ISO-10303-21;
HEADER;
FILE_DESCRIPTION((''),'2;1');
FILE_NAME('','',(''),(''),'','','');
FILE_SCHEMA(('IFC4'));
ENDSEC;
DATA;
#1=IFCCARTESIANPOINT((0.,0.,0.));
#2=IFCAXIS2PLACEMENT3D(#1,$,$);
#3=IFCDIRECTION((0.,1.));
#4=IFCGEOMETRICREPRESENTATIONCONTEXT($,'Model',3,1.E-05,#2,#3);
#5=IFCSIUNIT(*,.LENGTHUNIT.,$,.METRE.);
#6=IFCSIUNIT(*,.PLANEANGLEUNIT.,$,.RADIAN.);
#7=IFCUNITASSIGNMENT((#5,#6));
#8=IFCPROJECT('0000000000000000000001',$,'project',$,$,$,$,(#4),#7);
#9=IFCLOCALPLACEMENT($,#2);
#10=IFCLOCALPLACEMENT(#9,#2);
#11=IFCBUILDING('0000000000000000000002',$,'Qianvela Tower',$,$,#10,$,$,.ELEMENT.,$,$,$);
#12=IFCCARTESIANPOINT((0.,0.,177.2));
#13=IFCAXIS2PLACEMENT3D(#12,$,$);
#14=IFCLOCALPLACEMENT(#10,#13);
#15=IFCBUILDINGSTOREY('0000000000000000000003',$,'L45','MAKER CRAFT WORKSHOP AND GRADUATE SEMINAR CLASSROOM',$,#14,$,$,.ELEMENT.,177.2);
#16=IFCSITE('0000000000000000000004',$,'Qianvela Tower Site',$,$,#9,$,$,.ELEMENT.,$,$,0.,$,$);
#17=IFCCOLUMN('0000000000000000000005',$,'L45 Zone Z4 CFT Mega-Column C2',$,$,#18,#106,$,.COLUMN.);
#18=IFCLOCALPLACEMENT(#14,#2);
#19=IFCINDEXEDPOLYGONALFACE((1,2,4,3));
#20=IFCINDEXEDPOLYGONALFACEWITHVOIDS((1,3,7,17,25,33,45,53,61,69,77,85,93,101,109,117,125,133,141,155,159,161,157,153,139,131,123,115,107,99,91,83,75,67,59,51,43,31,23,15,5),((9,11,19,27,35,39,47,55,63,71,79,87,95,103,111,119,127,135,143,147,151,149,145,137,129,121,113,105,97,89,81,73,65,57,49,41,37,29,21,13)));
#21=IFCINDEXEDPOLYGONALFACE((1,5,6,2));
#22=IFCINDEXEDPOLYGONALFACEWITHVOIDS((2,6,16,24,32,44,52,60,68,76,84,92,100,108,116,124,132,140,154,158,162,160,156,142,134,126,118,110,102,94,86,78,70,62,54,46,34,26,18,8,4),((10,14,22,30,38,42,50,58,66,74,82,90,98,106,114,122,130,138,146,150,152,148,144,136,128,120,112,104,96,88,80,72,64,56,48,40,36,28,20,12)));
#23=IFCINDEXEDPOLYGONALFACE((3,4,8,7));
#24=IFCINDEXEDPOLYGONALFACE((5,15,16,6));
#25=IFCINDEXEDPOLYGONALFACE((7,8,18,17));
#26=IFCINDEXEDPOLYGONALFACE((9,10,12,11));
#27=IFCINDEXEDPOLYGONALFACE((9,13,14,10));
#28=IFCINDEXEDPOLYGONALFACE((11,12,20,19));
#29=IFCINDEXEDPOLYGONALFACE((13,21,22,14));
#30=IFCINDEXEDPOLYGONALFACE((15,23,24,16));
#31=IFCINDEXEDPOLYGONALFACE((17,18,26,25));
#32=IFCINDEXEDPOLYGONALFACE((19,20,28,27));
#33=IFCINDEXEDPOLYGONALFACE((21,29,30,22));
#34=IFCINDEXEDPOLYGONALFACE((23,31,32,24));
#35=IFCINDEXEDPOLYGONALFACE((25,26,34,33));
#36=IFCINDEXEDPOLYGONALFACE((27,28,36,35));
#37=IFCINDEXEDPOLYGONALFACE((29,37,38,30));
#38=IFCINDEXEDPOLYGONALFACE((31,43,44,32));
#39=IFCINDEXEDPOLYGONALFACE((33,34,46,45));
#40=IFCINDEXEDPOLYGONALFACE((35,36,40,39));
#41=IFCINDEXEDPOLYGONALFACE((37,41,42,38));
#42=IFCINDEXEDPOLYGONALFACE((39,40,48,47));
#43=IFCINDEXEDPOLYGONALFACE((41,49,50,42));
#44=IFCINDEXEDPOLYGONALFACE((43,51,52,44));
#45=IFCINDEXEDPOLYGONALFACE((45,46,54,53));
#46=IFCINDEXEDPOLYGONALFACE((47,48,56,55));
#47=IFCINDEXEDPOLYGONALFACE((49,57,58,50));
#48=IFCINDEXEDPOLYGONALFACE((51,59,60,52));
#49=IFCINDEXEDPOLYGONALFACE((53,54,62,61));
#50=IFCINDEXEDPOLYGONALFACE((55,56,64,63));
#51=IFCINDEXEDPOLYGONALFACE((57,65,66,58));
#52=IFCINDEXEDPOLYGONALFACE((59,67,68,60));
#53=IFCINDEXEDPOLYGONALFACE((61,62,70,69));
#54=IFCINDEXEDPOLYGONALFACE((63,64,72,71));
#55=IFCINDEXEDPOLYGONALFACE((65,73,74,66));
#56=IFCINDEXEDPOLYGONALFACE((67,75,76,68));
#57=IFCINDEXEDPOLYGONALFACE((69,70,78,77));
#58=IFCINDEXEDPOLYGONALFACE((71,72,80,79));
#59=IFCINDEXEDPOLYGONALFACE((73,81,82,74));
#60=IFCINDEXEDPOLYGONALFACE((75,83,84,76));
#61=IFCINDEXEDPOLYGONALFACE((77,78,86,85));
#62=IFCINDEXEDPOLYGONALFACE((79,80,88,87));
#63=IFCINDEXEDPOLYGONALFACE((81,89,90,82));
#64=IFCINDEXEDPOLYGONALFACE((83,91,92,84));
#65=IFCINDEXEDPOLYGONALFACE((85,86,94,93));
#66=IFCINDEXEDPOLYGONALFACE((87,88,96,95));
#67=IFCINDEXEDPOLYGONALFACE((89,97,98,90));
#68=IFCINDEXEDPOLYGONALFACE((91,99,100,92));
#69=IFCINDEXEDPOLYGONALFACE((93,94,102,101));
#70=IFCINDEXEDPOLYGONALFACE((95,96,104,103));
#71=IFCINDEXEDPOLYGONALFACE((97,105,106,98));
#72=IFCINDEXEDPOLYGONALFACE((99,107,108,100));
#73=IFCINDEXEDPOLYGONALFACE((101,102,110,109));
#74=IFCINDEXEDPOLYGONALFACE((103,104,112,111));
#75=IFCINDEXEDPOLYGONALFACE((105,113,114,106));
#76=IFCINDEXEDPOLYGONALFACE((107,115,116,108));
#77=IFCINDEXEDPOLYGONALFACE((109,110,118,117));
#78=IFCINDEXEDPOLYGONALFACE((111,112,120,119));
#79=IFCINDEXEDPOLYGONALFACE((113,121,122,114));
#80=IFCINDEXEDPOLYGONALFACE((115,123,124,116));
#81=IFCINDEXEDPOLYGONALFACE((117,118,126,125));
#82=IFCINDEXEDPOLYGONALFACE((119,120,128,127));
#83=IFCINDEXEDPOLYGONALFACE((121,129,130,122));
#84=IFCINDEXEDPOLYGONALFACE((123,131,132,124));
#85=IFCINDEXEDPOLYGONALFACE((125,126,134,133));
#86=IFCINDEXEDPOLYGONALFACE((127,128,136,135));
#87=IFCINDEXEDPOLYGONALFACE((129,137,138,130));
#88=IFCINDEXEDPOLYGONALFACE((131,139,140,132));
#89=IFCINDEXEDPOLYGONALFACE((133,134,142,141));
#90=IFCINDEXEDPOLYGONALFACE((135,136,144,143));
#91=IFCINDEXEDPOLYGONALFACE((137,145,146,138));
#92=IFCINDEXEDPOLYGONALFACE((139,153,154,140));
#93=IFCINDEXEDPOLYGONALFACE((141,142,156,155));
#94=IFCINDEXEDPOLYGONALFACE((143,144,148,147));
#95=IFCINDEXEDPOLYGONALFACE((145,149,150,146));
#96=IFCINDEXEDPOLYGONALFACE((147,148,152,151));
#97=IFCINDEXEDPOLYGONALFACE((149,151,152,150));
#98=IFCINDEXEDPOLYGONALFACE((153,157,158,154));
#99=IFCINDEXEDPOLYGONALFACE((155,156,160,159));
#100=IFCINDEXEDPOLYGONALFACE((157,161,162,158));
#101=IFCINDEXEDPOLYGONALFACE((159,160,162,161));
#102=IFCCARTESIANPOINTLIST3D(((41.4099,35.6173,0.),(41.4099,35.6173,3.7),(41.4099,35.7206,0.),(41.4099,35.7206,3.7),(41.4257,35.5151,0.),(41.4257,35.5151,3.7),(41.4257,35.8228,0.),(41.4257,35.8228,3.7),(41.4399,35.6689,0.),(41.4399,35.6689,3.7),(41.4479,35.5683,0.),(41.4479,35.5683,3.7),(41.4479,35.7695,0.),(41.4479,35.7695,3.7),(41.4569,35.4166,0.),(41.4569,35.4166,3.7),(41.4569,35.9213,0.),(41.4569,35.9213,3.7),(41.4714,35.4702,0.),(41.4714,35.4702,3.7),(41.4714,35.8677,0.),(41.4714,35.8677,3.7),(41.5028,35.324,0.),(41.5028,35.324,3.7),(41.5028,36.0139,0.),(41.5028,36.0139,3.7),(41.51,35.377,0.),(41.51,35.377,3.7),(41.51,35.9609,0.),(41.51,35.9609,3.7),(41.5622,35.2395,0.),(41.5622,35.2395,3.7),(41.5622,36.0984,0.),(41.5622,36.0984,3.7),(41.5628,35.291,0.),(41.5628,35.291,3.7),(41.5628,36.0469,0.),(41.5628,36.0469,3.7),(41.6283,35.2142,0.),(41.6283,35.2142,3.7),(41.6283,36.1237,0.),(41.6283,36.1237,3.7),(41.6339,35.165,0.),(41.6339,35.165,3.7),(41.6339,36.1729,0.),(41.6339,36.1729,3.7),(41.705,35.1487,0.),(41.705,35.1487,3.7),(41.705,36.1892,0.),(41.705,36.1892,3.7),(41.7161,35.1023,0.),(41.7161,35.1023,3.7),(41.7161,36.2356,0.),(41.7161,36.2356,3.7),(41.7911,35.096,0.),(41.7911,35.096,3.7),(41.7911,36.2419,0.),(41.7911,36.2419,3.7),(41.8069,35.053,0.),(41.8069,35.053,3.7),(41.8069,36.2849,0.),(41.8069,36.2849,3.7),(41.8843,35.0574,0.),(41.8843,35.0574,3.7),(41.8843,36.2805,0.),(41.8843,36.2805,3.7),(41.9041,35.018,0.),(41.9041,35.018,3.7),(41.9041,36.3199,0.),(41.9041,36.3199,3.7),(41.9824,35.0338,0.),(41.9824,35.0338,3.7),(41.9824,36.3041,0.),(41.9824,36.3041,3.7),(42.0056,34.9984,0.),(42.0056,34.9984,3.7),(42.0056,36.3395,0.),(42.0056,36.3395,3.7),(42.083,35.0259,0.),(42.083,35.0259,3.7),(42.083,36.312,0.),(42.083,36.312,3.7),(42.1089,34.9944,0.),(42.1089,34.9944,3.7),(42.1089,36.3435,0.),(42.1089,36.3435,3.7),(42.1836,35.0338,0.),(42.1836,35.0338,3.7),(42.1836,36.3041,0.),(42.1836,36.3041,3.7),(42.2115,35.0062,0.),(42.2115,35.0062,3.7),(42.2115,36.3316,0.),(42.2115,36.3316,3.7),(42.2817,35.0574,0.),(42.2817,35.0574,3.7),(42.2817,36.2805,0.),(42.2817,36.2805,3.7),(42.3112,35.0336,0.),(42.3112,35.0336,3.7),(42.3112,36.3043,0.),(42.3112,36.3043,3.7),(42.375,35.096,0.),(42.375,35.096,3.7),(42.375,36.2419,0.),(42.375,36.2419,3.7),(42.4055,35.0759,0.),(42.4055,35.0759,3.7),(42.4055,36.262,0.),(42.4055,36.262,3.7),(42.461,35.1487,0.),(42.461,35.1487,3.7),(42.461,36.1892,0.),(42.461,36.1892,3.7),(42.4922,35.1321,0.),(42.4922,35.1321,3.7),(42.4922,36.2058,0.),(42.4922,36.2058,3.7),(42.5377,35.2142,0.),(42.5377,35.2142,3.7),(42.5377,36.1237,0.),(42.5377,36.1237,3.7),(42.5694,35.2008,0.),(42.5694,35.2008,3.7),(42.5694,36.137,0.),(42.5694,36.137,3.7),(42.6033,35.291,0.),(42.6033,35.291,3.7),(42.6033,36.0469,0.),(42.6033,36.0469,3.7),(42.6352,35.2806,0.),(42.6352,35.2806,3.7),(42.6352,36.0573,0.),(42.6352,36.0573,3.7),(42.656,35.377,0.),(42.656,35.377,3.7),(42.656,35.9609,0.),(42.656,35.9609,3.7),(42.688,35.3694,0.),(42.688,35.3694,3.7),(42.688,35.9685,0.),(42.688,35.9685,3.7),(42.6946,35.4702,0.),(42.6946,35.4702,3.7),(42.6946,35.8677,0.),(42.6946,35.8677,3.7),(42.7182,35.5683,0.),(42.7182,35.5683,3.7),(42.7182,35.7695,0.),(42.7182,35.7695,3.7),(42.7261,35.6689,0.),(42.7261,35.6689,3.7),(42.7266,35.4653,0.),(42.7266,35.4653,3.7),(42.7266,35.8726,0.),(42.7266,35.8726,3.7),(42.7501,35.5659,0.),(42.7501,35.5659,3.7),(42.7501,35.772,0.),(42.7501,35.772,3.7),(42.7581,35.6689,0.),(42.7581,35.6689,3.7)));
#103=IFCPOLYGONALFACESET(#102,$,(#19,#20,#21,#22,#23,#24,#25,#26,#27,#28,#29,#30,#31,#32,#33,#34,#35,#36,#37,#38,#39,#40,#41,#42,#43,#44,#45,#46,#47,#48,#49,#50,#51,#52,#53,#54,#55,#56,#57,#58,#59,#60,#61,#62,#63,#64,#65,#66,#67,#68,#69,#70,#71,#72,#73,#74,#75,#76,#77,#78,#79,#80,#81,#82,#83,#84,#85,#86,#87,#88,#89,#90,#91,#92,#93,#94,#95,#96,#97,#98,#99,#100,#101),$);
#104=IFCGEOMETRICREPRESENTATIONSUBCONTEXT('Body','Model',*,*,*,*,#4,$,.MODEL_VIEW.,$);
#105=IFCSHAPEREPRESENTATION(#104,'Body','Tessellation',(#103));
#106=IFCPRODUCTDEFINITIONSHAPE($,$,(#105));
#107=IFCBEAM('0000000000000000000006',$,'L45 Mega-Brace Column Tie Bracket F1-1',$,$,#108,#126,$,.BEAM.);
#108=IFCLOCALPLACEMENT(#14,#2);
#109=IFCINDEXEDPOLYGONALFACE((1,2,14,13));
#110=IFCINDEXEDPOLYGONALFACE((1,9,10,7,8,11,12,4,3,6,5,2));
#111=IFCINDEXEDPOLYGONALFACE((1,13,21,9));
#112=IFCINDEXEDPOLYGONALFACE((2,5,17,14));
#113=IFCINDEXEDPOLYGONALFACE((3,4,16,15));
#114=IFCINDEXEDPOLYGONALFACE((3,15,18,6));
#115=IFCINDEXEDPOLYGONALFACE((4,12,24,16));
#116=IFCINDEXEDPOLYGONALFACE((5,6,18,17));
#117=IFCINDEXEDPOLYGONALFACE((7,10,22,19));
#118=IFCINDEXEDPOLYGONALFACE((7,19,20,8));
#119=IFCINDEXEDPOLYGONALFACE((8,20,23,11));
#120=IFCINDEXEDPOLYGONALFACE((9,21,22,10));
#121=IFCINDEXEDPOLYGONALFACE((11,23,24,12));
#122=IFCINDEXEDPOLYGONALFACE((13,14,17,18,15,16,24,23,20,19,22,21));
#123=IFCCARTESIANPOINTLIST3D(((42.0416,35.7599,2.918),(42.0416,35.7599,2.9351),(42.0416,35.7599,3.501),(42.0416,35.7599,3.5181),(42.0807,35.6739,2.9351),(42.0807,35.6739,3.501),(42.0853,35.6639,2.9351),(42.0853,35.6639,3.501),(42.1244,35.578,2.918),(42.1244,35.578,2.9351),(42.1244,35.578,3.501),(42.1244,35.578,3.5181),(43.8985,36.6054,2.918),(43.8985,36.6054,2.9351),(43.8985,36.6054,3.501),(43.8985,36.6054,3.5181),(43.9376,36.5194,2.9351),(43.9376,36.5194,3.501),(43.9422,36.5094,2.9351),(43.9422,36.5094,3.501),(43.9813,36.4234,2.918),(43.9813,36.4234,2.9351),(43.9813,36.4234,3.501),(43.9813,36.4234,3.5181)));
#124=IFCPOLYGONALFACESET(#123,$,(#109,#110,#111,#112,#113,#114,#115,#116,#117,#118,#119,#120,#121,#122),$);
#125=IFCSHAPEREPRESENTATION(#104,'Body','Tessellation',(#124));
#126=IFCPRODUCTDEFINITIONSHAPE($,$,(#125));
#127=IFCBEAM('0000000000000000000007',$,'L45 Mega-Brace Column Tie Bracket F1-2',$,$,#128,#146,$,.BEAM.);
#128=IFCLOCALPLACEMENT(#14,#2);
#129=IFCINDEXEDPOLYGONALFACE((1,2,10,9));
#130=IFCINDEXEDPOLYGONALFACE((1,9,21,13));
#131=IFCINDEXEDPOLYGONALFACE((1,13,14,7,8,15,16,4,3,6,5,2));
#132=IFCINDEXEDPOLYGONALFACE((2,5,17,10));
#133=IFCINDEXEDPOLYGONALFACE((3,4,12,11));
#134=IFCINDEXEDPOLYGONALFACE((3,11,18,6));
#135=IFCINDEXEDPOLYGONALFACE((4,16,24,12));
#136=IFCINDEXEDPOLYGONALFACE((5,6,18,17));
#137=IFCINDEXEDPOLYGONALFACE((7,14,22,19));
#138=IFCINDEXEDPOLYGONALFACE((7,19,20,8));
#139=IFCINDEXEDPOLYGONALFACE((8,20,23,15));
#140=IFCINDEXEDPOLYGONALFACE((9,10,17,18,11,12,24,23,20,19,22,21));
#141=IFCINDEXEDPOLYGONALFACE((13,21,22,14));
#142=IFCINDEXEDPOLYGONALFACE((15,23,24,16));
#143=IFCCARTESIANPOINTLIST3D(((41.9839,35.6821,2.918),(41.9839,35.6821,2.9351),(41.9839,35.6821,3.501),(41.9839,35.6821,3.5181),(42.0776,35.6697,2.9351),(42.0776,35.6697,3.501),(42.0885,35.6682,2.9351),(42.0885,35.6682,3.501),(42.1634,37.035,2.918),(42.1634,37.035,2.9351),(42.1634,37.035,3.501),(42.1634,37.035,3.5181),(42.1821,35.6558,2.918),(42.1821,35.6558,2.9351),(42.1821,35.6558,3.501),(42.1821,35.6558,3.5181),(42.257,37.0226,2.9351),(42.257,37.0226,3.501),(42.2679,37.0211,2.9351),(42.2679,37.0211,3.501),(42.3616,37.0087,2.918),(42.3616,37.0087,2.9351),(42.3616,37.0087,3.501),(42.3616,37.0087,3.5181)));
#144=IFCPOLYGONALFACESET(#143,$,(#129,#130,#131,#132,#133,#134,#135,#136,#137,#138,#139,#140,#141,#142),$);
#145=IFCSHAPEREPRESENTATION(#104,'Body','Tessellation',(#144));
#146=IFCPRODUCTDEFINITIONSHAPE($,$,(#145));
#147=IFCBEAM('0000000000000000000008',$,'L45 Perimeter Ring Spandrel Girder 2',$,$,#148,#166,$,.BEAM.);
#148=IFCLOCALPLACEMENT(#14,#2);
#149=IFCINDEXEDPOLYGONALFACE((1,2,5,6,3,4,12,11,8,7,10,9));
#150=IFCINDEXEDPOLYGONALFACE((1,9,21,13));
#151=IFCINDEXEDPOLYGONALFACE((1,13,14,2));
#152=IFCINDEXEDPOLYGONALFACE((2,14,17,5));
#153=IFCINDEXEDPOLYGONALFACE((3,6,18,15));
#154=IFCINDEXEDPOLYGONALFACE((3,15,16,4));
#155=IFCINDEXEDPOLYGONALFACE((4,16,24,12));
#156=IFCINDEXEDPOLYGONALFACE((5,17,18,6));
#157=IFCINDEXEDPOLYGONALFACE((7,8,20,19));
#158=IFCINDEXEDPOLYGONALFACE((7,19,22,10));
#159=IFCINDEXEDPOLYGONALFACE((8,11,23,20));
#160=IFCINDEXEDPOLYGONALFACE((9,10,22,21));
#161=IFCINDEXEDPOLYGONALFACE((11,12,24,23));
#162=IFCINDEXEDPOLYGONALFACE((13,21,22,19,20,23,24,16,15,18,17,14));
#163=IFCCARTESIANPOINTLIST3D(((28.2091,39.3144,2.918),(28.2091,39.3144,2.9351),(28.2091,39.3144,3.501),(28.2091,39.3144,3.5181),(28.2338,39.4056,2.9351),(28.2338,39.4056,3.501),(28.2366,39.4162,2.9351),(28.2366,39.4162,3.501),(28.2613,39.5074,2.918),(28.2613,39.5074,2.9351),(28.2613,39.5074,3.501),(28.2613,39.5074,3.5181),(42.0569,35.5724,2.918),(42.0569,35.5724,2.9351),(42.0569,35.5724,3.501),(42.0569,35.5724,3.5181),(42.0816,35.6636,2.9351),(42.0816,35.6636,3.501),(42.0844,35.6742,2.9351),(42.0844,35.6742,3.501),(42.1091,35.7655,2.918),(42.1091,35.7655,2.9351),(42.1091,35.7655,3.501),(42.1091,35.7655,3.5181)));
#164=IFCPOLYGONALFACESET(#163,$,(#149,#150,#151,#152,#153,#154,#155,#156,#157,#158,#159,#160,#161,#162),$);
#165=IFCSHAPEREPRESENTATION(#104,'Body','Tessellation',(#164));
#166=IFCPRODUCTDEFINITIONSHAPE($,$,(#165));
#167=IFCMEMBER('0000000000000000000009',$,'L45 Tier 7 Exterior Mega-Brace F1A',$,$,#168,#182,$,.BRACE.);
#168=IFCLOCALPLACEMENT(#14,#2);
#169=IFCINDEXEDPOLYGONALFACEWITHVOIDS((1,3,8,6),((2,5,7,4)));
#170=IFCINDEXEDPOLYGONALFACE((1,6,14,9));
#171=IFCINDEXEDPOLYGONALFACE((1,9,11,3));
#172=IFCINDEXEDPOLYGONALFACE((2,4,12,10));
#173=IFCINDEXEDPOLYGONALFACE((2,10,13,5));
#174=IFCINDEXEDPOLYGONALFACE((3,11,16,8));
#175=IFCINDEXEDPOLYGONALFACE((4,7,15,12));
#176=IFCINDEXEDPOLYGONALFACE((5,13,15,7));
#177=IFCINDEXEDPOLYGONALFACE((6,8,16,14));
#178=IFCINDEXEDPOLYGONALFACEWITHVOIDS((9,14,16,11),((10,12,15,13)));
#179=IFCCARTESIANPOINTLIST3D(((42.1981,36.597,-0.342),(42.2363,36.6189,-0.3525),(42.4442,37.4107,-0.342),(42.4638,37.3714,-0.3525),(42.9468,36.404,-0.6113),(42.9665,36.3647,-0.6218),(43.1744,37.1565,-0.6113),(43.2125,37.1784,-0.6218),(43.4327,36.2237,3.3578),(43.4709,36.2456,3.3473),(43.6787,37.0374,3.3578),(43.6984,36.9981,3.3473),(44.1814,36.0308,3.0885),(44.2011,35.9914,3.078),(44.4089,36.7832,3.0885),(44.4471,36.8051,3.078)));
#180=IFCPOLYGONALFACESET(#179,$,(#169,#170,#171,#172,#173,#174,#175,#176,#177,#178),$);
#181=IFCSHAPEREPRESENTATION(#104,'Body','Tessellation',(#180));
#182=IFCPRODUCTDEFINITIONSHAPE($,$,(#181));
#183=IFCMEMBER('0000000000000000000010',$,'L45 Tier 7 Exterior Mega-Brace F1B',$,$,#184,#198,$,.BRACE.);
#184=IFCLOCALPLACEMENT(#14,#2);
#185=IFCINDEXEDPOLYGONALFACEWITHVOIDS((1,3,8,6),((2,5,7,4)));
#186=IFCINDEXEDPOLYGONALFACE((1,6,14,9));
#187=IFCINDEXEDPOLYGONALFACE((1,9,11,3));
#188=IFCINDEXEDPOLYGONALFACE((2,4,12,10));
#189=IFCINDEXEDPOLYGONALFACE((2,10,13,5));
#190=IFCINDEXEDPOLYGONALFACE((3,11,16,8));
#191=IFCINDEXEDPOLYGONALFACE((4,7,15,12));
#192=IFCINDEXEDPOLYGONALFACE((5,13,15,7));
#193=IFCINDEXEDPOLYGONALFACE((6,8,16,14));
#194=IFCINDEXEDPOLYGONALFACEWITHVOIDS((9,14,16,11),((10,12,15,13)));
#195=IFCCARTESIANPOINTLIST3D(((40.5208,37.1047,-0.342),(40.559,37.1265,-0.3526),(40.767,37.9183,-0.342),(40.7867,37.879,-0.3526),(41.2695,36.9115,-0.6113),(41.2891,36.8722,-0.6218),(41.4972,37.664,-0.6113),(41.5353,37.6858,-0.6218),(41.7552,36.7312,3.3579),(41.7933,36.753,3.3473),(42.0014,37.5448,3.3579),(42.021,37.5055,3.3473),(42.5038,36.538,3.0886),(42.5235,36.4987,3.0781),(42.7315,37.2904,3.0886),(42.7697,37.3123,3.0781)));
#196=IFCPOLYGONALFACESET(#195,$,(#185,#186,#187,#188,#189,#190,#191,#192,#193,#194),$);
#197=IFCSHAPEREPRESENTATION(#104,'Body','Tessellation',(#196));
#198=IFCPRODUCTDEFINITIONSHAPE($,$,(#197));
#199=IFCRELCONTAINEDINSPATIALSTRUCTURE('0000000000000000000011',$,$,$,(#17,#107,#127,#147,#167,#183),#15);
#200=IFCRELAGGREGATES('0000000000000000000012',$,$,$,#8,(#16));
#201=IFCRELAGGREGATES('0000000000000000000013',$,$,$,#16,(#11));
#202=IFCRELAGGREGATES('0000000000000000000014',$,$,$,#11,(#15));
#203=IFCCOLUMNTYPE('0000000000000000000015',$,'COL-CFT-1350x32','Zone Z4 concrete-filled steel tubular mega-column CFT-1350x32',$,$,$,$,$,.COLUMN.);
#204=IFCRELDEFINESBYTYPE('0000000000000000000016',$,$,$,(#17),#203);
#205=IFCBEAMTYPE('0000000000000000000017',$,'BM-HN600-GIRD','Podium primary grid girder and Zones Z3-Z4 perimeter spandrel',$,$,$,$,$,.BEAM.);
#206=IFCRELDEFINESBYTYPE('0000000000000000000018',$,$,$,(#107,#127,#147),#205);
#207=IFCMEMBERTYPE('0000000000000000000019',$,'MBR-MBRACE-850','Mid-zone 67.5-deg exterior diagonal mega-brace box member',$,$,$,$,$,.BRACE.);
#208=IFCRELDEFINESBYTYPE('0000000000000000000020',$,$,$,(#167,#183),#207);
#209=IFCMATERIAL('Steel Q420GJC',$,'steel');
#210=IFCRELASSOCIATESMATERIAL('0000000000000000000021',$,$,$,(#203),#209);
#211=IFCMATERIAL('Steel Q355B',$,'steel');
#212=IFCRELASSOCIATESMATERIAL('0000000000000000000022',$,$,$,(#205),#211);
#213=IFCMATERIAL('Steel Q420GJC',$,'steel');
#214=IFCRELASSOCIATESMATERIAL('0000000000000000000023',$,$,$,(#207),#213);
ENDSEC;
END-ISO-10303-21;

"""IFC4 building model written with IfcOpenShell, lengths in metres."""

from ifc_helpers import new_model, si_unit, direction, frame, origin, origin_2d, place, context, subcontext, project, spatial, hollow_rectangle, hollow_circle, i_section, extrude, material, material_profile, profile_set, type_object, element, save


model = new_model("IFC4")

# Units and contexts
model_context = context("Model", 3, precision=1e-05, world=origin(), true_north=direction((0.0, 1.0)))
body_context = subcontext(model_context, "Body", "Model", "MODEL_VIEW")
ifc_project = project(units=[si_unit("LENGTHUNIT", "METRE"), si_unit("PLANEANGLEUNIT", "RADIAN")], contexts=[model_context])

# Site, building, storey
site_placement = place(None, origin())
site = spatial("IfcSite", under=ifc_project, at=site_placement, Name="Qianvela Tower Site", CompositionType="ELEMENT", RefElevation=0.0)
building_placement = place(site_placement, origin())
building = spatial("IfcBuilding", under=site, at=building_placement, Name="Qianvela Tower", CompositionType="ELEMENT")
storey_placement = place(building_placement, frame((0.0, 0.0, 177.2)))
storey = spatial("IfcBuildingStorey", under=building, at=storey_placement, Name="L45", Description="MAKER CRAFT WORKSHOP AND GRADUATE SEMINAR CLASSROOM", CompositionType="ELEMENT", Elevation=177.2)

# Column
ifc_material_1 = material(Name="Steel Q420GJC", Category="steel")
ifc_material_profile_1 = material_profile(ifc_material_1, hollow_circle(Radius=0.675, WallThickness=0.032, at=origin_2d()), Name="CFT-1350x32")
ifc_profile_set_1 = profile_set([ifc_material_profile_1], Name="Steel Q420GJC")
column_type = type_object("IfcColumnType", Name="COL-CFT-1350x32", Description="Zone Z4 concrete-filled steel tubular mega-column CFT-1350x32", PredefinedType="COLUMN", material=ifc_profile_set_1)
column_placement = place(storey_placement, frame((42.083, 35.6689, 0.0), z_axis=(0.0, 0.0, 1.0), x_axis=(1.0, 0.0, 0.0)))
element("IfcColumn", 1, at=column_placement, inside=storey, type_object=column_type, Name="L45 Zone Z4 CFT Mega-Column C2", PredefinedType="COLUMN", context=body_context, shape_type="SweptSolid", body=[
    extrude(hollow_circle(Radius=0.675, WallThickness=0.032, at=origin_2d()), origin(), (0.0, 0.0, 1.0), 3.7),
])

# Beams
ifc_material_2 = material(Name="Steel Q355B", Category="steel")
ifc_material_profile_2 = material_profile(ifc_material_2, i_section(OverallWidth=0.2, OverallDepth=0.6001, WebThickness=0.011, FlangeThickness=0.0171, at=origin_2d()), Name="HN600x200x11x17")
ifc_profile_set_2 = profile_set([ifc_material_profile_2], Name="Steel Q355B")
beam_type = type_object("IfcBeamType", Name="BM-HN600-GIRD", Description="Podium primary grid girder and Zones Z3-Z4 perimeter spandrel", PredefinedType="BEAM", material=ifc_profile_set_2)
beam_1_placement = place(storey_placement, frame((42.083, 35.6689, 3.218), z_axis=(0.910108, 0.414371, 0.0), x_axis=(-0.414371, 0.910108, 0.0)))
element("IfcBeam", 2, at=beam_1_placement, inside=storey, type_object=beam_type, Name="L45 Mega-Brace Column Tie Bracket F1-1", PredefinedType="BEAM", context=body_context, shape_type="SweptSolid", body=[
    extrude(i_section(OverallWidth=0.2, OverallDepth=0.6001, WebThickness=0.011, FlangeThickness=0.0171, at=origin_2d()), origin(), (0.0, 0.0, 1.0), 2.0403),
])
beam_2_placement = place(storey_placement, frame((42.083, 35.6689, 3.218), z_axis=(0.131496, 0.991317, 0.0), x_axis=(-0.991317, 0.131496, 0.0)))
element("IfcBeam", 3, at=beam_2_placement, inside=storey, type_object=beam_type, Name="L45 Mega-Brace Column Tie Bracket F1-2", PredefinedType="BEAM", context=body_context, shape_type="SweptSolid", body=[
    extrude(i_section(OverallWidth=0.2, OverallDepth=0.6001, WebThickness=0.011, FlangeThickness=0.0171, at=origin_2d()), origin(), (0.0, 0.0, 1.0), 1.3647),
])
beam_3_placement = place(storey_placement, frame((42.083, 35.6689, 3.218), z_axis=(-0.965376, 0.260861, 0.0), x_axis=(-0.260861, -0.965376, 0.0)))
element("IfcBeam", 4, at=beam_3_placement, inside=storey, type_object=beam_type, Name="L45 Perimeter Ring Spandrel Girder 2", PredefinedType="BEAM", context=body_context, shape_type="SweptSolid", body=[
    extrude(i_section(OverallWidth=0.2, OverallDepth=0.6001, WebThickness=0.011, FlangeThickness=0.0171, at=origin_2d()), origin(), (0.0, 0.0, 1.0), 14.3445),
])

# Members
ifc_material_3 = material(Name="Steel Q420GJC", Category="steel")
ifc_material_profile_3 = material_profile(ifc_material_3, hollow_rectangle(XDim=0.8501, YDim=0.8501, WallThickness=0.032, at=origin_2d()), Name="MBOX-850x850x32")
ifc_profile_set_3 = profile_set([ifc_material_profile_3], Name="Steel Q420GJC")
member_type = type_object("IfcMemberType", Name="MBR-MBRACE-850", Description="Mid-zone 67.5-deg exterior diagonal mega-brace box member", PredefinedType="BRACE", material=ifc_profile_set_3)
for number, where, z_axis, x_axis, name in (
    (5, (42.7053, 36.8877, -0.4819), (0.315089, -0.095268, 0.944269), (0.289414, 0.957204, 0.0), "L45 Tier 7 Exterior Mega-Brace F1A"),
    (6, (41.0281, 37.3953, -0.4819), (0.315031, -0.095332, 0.944282), (0.28964, 0.957136, 0.0), "L45 Tier 7 Exterior Mega-Brace F1B"),
):
    element("IfcMember", number, at=place(storey_placement, frame(where, z_axis=z_axis, x_axis=x_axis)), inside=storey, type_object=member_type, Name=name, PredefinedType="BRACE", context=body_context, shape_type="SweptSolid", body=[
        extrude(hollow_rectangle(XDim=0.8501, YDim=0.8501, WallThickness=0.032, at=origin_2d()), origin(), (0.0, 0.0, 1.0), 3.9182),
    ])

save(model, "model.ifc")
